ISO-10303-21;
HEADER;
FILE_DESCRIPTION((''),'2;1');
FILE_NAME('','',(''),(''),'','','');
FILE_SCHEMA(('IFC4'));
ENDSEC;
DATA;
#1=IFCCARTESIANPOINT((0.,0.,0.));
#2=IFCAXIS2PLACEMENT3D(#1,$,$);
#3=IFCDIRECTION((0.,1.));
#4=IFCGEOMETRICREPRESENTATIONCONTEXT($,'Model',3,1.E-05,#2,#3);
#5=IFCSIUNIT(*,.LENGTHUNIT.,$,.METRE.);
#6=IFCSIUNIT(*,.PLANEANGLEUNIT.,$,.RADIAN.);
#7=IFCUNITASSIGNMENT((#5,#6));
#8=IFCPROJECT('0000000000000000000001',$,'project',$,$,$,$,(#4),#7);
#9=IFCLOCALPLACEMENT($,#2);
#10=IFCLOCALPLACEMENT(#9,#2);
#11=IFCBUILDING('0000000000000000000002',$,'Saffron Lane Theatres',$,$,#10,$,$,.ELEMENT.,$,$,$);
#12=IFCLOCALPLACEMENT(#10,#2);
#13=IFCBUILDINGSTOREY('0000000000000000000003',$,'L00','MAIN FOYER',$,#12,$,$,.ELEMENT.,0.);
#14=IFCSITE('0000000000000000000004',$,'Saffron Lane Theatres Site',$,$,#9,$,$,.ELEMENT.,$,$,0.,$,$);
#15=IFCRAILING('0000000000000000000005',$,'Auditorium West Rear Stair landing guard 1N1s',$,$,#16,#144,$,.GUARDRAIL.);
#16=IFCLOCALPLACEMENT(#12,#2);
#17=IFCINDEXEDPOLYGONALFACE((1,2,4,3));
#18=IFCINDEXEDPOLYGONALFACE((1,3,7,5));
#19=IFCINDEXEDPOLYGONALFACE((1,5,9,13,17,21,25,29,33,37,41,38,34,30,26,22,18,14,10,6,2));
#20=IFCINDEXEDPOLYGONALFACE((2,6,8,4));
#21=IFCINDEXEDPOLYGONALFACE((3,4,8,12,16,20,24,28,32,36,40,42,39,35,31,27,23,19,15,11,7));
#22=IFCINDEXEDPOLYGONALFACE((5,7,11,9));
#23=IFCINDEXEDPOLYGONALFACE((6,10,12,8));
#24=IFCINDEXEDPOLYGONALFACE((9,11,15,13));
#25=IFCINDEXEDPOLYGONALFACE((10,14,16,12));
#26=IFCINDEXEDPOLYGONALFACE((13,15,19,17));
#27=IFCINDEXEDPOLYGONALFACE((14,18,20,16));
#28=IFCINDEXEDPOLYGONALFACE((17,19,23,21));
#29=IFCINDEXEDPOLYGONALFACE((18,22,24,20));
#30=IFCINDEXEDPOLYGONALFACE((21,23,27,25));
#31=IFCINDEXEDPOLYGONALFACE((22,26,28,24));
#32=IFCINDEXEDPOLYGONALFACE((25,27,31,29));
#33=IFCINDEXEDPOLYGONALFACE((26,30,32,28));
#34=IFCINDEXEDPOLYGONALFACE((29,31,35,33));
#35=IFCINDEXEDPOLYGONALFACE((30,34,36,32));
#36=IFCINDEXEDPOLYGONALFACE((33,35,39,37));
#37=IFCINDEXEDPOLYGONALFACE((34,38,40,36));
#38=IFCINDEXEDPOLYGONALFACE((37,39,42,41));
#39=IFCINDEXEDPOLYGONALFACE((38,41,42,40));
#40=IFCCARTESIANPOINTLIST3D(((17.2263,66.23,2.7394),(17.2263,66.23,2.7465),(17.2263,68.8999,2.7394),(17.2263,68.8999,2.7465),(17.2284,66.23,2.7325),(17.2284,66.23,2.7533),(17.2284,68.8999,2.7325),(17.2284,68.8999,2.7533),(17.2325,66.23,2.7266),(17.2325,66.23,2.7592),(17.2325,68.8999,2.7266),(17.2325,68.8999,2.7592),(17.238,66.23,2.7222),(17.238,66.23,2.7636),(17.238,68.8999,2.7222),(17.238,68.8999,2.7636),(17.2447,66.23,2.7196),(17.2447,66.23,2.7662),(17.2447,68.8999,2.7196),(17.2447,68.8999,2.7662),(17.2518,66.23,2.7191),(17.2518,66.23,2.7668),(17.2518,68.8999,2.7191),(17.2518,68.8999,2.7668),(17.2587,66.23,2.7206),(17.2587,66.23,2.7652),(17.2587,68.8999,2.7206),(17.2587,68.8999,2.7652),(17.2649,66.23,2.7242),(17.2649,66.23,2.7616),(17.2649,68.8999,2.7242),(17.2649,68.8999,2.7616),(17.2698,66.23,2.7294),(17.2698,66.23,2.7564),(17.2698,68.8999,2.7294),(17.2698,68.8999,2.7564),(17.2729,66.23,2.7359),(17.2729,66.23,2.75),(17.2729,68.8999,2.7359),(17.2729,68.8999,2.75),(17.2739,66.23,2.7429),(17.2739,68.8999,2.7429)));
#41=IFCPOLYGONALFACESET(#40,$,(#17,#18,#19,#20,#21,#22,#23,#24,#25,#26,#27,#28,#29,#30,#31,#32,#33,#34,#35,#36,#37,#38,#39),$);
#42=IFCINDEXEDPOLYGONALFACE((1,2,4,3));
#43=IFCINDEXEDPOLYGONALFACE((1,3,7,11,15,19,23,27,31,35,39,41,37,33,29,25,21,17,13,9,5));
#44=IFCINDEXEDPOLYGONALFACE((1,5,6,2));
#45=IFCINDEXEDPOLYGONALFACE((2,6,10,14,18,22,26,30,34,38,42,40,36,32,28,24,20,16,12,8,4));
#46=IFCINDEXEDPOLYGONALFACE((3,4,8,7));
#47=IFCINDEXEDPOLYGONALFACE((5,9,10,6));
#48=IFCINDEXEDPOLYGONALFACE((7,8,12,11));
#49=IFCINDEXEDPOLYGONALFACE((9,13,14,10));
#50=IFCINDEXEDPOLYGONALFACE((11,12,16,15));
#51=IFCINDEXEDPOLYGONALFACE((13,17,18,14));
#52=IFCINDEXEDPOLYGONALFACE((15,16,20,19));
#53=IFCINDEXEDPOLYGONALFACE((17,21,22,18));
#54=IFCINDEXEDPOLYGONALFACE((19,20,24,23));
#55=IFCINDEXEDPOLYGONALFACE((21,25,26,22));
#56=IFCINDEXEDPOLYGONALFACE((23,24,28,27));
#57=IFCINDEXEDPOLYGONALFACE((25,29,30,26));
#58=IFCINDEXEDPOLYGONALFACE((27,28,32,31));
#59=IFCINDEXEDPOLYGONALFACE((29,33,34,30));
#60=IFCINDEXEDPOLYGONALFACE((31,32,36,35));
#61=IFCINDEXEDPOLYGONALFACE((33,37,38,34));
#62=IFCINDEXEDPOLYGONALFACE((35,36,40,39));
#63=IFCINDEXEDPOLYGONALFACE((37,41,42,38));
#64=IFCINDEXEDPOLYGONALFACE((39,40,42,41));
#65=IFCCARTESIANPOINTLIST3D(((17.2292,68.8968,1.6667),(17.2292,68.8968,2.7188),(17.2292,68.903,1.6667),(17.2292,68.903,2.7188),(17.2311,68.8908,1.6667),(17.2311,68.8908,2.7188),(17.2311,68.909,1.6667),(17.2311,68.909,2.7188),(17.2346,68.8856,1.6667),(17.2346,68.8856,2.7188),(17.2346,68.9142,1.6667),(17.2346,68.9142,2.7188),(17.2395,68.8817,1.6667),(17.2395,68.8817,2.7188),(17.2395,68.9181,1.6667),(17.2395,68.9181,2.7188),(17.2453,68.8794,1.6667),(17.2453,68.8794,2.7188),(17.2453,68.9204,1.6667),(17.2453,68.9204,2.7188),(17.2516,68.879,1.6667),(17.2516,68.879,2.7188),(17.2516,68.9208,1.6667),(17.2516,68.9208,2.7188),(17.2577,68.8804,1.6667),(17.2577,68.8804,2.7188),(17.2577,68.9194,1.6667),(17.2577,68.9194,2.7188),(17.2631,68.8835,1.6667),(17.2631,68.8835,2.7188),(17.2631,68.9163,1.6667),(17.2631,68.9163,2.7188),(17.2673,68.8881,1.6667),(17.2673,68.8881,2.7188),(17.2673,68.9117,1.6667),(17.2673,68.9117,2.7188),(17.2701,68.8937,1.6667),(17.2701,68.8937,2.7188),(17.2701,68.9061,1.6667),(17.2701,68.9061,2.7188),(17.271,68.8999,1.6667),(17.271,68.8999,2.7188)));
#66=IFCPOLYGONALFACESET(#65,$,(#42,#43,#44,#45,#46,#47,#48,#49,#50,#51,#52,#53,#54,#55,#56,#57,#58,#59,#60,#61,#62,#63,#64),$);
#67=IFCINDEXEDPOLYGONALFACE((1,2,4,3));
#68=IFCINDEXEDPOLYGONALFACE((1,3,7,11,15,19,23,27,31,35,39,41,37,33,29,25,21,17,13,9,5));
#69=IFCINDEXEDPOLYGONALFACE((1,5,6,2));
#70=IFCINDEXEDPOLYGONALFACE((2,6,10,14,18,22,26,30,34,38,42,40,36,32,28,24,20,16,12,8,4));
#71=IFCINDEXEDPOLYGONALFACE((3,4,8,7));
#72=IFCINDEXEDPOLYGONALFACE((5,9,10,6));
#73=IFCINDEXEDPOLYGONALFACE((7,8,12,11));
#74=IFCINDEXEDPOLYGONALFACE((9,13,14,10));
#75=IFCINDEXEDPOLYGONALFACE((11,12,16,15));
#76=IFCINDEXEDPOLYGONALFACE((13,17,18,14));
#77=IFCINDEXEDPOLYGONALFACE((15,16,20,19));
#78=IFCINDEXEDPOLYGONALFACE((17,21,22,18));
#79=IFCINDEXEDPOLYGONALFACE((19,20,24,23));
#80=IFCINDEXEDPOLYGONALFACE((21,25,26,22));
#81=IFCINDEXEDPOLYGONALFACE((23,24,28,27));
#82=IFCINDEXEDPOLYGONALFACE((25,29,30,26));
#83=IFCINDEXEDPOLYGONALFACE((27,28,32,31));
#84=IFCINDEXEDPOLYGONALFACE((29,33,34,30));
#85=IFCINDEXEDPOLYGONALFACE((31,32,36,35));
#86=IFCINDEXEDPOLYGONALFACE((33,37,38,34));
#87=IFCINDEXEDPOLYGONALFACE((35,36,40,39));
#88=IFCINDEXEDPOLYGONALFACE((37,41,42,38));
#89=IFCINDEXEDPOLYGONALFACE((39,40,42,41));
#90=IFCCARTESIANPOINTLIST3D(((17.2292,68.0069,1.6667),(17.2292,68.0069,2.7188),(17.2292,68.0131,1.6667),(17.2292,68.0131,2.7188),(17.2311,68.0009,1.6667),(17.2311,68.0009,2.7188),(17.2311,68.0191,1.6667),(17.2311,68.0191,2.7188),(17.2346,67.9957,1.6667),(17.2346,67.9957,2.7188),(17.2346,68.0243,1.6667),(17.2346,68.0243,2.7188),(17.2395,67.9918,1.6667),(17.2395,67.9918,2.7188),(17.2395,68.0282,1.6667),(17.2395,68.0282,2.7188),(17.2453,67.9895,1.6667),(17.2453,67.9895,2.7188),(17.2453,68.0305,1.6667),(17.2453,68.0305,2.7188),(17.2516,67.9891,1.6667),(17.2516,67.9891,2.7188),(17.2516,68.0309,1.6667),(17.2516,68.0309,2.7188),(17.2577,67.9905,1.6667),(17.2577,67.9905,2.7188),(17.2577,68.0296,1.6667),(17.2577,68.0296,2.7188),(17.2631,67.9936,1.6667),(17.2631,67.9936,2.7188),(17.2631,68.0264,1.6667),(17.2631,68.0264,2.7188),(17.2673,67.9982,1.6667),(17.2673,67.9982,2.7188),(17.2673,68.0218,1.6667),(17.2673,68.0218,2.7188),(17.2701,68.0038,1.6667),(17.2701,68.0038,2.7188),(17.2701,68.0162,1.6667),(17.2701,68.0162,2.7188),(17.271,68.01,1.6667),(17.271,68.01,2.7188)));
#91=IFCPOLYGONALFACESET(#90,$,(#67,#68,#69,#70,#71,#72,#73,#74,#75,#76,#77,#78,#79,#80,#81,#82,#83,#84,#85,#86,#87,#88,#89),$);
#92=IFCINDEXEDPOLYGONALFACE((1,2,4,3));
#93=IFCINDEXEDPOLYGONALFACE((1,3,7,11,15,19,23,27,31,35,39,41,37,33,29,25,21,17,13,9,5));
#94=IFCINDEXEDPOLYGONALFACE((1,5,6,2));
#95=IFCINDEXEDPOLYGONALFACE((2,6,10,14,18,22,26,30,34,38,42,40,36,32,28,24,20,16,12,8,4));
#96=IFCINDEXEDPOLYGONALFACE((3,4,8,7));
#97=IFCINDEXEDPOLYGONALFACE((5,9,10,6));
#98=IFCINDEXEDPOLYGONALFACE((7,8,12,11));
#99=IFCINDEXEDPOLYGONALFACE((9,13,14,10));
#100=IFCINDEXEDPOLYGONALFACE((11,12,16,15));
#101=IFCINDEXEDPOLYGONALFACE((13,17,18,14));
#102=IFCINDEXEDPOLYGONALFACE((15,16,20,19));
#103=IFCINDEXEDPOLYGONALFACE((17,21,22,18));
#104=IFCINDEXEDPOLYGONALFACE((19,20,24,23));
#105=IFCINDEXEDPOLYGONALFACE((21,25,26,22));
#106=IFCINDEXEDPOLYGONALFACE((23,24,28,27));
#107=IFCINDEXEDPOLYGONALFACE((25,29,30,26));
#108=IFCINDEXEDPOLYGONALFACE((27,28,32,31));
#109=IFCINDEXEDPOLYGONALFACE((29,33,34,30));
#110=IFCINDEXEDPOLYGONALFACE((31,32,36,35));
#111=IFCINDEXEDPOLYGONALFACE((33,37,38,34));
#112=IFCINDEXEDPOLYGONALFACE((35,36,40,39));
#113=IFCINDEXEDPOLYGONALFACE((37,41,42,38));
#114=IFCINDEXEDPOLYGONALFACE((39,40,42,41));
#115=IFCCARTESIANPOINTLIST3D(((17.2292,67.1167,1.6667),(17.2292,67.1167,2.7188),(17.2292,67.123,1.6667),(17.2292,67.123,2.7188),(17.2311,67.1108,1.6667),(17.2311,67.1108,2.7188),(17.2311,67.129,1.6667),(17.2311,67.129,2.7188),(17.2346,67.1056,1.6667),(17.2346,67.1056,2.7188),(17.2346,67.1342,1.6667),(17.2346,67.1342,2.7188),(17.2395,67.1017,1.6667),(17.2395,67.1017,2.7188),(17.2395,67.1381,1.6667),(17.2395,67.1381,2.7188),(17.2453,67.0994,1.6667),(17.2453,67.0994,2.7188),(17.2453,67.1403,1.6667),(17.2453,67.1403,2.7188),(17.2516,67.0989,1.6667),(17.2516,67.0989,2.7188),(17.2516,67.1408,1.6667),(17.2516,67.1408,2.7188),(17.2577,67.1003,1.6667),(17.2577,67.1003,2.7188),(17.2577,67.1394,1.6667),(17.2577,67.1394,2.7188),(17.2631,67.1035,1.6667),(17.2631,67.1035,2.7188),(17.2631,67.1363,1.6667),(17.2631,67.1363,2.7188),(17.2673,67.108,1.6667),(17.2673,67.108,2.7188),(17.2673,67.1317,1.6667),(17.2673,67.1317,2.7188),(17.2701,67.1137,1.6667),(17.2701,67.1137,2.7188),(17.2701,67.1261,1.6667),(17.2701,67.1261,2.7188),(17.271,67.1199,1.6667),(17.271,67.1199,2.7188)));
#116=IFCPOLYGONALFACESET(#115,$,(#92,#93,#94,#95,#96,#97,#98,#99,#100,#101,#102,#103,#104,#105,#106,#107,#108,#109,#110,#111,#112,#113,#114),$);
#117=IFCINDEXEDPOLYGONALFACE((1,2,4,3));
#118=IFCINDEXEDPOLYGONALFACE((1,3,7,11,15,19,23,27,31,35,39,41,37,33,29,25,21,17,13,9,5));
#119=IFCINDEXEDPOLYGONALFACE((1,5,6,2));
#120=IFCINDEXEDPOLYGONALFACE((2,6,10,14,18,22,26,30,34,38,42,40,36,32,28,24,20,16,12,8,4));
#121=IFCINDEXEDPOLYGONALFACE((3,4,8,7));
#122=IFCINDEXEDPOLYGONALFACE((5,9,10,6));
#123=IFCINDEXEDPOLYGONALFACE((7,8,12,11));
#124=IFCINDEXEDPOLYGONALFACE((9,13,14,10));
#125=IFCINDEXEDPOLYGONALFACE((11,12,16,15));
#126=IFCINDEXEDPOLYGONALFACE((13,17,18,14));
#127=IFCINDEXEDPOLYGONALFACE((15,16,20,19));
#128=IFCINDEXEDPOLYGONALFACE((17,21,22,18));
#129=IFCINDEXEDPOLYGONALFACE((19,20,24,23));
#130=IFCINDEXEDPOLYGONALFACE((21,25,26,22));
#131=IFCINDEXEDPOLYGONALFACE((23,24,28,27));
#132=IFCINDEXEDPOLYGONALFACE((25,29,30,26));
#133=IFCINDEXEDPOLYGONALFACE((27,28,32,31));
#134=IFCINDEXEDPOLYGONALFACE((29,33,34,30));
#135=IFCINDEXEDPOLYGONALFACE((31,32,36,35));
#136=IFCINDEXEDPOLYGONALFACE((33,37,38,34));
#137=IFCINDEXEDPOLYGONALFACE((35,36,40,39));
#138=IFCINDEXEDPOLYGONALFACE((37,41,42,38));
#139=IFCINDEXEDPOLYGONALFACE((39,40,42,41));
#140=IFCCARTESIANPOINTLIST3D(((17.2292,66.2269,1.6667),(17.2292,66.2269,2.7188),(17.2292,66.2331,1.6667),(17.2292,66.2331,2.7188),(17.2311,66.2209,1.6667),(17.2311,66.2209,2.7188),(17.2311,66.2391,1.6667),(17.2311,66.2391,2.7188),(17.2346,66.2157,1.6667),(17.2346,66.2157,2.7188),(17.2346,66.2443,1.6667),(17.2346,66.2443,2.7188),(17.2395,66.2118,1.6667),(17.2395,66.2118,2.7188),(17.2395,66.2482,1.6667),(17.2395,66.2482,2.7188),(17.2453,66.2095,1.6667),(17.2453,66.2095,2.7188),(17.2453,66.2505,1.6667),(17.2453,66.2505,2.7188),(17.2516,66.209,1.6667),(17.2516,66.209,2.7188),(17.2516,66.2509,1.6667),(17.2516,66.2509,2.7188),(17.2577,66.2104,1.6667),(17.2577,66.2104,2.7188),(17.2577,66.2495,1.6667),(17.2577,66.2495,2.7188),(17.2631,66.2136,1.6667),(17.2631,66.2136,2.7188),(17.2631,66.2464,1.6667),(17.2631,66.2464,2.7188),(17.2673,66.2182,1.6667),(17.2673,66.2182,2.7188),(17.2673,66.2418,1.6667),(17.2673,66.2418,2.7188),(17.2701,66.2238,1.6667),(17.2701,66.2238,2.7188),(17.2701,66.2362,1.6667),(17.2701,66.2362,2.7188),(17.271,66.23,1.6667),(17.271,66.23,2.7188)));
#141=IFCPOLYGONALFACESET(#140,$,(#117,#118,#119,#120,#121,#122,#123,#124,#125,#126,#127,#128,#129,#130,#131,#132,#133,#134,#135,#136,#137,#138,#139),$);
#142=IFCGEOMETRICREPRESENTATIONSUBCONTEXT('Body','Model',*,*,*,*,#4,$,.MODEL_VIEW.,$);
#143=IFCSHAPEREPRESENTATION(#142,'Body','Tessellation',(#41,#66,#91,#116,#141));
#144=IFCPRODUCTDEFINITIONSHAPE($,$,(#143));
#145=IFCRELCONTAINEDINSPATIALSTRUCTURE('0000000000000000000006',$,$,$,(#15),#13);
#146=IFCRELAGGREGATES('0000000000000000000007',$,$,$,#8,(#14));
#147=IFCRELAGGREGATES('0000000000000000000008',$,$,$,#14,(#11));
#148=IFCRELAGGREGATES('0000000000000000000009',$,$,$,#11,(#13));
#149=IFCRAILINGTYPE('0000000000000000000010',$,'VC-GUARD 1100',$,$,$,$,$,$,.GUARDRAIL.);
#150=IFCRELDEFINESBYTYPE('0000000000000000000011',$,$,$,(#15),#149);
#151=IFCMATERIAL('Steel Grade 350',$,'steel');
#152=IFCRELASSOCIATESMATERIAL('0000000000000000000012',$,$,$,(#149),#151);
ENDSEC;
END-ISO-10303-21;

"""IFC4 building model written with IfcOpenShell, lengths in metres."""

from ifc_helpers import new_model, si_unit, direction, frame, origin, origin_2d, place, context, subcontext, project, spatial, circle, extrude, material, type_object, element, save


model = new_model("IFC4")

# Units and contexts
model_context = context("Model", 3, precision=1e-05, world=origin(), true_north=direction((0.0, 1.0)))
body_context = subcontext(model_context, "Body", "Model", "MODEL_VIEW")
ifc_project = project(units=[si_unit("LENGTHUNIT", "METRE"), si_unit("PLANEANGLEUNIT", "RADIAN")], contexts=[model_context])

# Site, building, storey
site_placement = place(None, origin())
site = spatial("IfcSite", under=ifc_project, at=site_placement, Name="Saffron Lane Theatres Site", CompositionType="ELEMENT", RefElevation=0.0)
building_placement = place(site_placement, origin())
building = spatial("IfcBuilding", under=site, at=building_placement, Name="Saffron Lane Theatres", CompositionType="ELEMENT")
storey_placement = place(building_placement, origin())
storey = spatial("IfcBuildingStorey", under=building, at=storey_placement, Name="L00", Description="MAIN FOYER", CompositionType="ELEMENT", Elevation=0.0)

# Railing
ifc_material_1 = material(Name="Steel Grade 350", Category="steel")
railing_type_1 = type_object("IfcRailingType", Name="VC-GUARD 1100", PredefinedType="GUARDRAIL", material=ifc_material_1)
railing_1_placement = place(storey_placement, frame((17.25, 68.8999, 1.6667)))
element("IfcRailing", 1, at=railing_1_placement, inside=storey, type_object=railing_type_1, Name="Auditorium West Rear Stair landing guard 1N1s", PredefinedType="GUARDRAIL", context=body_context, shape_type="SweptSolid", body=[
    extrude(circle(Radius=0.0239, at=origin_2d()), frame((0.0, 0.0, 1.0762), z_axis=(0.0, -1.0, 0.0), x_axis=(1.0, 0.0, 0.0)), (0.0, 0.0, 1.0), 2.6699),
    extrude(circle(Radius=0.021, at=origin_2d()), origin(), (0.0, 0.0, 1.0), 1.052),
    extrude(circle(Radius=0.021, at=origin_2d()), frame((0.0, -0.8899, 0.0)), (0.0, 0.0, 1.0), 1.052),
    extrude(circle(Radius=0.021, at=origin_2d()), frame((0.0, -1.78, 0.0)), (0.0, 0.0, 1.0), 1.052),
    extrude(circle(Radius=0.021, at=origin_2d()), frame((0.0, -2.6699, 0.0)), (0.0, 0.0, 1.0), 1.052),
])

save(model, "model.ifc")
